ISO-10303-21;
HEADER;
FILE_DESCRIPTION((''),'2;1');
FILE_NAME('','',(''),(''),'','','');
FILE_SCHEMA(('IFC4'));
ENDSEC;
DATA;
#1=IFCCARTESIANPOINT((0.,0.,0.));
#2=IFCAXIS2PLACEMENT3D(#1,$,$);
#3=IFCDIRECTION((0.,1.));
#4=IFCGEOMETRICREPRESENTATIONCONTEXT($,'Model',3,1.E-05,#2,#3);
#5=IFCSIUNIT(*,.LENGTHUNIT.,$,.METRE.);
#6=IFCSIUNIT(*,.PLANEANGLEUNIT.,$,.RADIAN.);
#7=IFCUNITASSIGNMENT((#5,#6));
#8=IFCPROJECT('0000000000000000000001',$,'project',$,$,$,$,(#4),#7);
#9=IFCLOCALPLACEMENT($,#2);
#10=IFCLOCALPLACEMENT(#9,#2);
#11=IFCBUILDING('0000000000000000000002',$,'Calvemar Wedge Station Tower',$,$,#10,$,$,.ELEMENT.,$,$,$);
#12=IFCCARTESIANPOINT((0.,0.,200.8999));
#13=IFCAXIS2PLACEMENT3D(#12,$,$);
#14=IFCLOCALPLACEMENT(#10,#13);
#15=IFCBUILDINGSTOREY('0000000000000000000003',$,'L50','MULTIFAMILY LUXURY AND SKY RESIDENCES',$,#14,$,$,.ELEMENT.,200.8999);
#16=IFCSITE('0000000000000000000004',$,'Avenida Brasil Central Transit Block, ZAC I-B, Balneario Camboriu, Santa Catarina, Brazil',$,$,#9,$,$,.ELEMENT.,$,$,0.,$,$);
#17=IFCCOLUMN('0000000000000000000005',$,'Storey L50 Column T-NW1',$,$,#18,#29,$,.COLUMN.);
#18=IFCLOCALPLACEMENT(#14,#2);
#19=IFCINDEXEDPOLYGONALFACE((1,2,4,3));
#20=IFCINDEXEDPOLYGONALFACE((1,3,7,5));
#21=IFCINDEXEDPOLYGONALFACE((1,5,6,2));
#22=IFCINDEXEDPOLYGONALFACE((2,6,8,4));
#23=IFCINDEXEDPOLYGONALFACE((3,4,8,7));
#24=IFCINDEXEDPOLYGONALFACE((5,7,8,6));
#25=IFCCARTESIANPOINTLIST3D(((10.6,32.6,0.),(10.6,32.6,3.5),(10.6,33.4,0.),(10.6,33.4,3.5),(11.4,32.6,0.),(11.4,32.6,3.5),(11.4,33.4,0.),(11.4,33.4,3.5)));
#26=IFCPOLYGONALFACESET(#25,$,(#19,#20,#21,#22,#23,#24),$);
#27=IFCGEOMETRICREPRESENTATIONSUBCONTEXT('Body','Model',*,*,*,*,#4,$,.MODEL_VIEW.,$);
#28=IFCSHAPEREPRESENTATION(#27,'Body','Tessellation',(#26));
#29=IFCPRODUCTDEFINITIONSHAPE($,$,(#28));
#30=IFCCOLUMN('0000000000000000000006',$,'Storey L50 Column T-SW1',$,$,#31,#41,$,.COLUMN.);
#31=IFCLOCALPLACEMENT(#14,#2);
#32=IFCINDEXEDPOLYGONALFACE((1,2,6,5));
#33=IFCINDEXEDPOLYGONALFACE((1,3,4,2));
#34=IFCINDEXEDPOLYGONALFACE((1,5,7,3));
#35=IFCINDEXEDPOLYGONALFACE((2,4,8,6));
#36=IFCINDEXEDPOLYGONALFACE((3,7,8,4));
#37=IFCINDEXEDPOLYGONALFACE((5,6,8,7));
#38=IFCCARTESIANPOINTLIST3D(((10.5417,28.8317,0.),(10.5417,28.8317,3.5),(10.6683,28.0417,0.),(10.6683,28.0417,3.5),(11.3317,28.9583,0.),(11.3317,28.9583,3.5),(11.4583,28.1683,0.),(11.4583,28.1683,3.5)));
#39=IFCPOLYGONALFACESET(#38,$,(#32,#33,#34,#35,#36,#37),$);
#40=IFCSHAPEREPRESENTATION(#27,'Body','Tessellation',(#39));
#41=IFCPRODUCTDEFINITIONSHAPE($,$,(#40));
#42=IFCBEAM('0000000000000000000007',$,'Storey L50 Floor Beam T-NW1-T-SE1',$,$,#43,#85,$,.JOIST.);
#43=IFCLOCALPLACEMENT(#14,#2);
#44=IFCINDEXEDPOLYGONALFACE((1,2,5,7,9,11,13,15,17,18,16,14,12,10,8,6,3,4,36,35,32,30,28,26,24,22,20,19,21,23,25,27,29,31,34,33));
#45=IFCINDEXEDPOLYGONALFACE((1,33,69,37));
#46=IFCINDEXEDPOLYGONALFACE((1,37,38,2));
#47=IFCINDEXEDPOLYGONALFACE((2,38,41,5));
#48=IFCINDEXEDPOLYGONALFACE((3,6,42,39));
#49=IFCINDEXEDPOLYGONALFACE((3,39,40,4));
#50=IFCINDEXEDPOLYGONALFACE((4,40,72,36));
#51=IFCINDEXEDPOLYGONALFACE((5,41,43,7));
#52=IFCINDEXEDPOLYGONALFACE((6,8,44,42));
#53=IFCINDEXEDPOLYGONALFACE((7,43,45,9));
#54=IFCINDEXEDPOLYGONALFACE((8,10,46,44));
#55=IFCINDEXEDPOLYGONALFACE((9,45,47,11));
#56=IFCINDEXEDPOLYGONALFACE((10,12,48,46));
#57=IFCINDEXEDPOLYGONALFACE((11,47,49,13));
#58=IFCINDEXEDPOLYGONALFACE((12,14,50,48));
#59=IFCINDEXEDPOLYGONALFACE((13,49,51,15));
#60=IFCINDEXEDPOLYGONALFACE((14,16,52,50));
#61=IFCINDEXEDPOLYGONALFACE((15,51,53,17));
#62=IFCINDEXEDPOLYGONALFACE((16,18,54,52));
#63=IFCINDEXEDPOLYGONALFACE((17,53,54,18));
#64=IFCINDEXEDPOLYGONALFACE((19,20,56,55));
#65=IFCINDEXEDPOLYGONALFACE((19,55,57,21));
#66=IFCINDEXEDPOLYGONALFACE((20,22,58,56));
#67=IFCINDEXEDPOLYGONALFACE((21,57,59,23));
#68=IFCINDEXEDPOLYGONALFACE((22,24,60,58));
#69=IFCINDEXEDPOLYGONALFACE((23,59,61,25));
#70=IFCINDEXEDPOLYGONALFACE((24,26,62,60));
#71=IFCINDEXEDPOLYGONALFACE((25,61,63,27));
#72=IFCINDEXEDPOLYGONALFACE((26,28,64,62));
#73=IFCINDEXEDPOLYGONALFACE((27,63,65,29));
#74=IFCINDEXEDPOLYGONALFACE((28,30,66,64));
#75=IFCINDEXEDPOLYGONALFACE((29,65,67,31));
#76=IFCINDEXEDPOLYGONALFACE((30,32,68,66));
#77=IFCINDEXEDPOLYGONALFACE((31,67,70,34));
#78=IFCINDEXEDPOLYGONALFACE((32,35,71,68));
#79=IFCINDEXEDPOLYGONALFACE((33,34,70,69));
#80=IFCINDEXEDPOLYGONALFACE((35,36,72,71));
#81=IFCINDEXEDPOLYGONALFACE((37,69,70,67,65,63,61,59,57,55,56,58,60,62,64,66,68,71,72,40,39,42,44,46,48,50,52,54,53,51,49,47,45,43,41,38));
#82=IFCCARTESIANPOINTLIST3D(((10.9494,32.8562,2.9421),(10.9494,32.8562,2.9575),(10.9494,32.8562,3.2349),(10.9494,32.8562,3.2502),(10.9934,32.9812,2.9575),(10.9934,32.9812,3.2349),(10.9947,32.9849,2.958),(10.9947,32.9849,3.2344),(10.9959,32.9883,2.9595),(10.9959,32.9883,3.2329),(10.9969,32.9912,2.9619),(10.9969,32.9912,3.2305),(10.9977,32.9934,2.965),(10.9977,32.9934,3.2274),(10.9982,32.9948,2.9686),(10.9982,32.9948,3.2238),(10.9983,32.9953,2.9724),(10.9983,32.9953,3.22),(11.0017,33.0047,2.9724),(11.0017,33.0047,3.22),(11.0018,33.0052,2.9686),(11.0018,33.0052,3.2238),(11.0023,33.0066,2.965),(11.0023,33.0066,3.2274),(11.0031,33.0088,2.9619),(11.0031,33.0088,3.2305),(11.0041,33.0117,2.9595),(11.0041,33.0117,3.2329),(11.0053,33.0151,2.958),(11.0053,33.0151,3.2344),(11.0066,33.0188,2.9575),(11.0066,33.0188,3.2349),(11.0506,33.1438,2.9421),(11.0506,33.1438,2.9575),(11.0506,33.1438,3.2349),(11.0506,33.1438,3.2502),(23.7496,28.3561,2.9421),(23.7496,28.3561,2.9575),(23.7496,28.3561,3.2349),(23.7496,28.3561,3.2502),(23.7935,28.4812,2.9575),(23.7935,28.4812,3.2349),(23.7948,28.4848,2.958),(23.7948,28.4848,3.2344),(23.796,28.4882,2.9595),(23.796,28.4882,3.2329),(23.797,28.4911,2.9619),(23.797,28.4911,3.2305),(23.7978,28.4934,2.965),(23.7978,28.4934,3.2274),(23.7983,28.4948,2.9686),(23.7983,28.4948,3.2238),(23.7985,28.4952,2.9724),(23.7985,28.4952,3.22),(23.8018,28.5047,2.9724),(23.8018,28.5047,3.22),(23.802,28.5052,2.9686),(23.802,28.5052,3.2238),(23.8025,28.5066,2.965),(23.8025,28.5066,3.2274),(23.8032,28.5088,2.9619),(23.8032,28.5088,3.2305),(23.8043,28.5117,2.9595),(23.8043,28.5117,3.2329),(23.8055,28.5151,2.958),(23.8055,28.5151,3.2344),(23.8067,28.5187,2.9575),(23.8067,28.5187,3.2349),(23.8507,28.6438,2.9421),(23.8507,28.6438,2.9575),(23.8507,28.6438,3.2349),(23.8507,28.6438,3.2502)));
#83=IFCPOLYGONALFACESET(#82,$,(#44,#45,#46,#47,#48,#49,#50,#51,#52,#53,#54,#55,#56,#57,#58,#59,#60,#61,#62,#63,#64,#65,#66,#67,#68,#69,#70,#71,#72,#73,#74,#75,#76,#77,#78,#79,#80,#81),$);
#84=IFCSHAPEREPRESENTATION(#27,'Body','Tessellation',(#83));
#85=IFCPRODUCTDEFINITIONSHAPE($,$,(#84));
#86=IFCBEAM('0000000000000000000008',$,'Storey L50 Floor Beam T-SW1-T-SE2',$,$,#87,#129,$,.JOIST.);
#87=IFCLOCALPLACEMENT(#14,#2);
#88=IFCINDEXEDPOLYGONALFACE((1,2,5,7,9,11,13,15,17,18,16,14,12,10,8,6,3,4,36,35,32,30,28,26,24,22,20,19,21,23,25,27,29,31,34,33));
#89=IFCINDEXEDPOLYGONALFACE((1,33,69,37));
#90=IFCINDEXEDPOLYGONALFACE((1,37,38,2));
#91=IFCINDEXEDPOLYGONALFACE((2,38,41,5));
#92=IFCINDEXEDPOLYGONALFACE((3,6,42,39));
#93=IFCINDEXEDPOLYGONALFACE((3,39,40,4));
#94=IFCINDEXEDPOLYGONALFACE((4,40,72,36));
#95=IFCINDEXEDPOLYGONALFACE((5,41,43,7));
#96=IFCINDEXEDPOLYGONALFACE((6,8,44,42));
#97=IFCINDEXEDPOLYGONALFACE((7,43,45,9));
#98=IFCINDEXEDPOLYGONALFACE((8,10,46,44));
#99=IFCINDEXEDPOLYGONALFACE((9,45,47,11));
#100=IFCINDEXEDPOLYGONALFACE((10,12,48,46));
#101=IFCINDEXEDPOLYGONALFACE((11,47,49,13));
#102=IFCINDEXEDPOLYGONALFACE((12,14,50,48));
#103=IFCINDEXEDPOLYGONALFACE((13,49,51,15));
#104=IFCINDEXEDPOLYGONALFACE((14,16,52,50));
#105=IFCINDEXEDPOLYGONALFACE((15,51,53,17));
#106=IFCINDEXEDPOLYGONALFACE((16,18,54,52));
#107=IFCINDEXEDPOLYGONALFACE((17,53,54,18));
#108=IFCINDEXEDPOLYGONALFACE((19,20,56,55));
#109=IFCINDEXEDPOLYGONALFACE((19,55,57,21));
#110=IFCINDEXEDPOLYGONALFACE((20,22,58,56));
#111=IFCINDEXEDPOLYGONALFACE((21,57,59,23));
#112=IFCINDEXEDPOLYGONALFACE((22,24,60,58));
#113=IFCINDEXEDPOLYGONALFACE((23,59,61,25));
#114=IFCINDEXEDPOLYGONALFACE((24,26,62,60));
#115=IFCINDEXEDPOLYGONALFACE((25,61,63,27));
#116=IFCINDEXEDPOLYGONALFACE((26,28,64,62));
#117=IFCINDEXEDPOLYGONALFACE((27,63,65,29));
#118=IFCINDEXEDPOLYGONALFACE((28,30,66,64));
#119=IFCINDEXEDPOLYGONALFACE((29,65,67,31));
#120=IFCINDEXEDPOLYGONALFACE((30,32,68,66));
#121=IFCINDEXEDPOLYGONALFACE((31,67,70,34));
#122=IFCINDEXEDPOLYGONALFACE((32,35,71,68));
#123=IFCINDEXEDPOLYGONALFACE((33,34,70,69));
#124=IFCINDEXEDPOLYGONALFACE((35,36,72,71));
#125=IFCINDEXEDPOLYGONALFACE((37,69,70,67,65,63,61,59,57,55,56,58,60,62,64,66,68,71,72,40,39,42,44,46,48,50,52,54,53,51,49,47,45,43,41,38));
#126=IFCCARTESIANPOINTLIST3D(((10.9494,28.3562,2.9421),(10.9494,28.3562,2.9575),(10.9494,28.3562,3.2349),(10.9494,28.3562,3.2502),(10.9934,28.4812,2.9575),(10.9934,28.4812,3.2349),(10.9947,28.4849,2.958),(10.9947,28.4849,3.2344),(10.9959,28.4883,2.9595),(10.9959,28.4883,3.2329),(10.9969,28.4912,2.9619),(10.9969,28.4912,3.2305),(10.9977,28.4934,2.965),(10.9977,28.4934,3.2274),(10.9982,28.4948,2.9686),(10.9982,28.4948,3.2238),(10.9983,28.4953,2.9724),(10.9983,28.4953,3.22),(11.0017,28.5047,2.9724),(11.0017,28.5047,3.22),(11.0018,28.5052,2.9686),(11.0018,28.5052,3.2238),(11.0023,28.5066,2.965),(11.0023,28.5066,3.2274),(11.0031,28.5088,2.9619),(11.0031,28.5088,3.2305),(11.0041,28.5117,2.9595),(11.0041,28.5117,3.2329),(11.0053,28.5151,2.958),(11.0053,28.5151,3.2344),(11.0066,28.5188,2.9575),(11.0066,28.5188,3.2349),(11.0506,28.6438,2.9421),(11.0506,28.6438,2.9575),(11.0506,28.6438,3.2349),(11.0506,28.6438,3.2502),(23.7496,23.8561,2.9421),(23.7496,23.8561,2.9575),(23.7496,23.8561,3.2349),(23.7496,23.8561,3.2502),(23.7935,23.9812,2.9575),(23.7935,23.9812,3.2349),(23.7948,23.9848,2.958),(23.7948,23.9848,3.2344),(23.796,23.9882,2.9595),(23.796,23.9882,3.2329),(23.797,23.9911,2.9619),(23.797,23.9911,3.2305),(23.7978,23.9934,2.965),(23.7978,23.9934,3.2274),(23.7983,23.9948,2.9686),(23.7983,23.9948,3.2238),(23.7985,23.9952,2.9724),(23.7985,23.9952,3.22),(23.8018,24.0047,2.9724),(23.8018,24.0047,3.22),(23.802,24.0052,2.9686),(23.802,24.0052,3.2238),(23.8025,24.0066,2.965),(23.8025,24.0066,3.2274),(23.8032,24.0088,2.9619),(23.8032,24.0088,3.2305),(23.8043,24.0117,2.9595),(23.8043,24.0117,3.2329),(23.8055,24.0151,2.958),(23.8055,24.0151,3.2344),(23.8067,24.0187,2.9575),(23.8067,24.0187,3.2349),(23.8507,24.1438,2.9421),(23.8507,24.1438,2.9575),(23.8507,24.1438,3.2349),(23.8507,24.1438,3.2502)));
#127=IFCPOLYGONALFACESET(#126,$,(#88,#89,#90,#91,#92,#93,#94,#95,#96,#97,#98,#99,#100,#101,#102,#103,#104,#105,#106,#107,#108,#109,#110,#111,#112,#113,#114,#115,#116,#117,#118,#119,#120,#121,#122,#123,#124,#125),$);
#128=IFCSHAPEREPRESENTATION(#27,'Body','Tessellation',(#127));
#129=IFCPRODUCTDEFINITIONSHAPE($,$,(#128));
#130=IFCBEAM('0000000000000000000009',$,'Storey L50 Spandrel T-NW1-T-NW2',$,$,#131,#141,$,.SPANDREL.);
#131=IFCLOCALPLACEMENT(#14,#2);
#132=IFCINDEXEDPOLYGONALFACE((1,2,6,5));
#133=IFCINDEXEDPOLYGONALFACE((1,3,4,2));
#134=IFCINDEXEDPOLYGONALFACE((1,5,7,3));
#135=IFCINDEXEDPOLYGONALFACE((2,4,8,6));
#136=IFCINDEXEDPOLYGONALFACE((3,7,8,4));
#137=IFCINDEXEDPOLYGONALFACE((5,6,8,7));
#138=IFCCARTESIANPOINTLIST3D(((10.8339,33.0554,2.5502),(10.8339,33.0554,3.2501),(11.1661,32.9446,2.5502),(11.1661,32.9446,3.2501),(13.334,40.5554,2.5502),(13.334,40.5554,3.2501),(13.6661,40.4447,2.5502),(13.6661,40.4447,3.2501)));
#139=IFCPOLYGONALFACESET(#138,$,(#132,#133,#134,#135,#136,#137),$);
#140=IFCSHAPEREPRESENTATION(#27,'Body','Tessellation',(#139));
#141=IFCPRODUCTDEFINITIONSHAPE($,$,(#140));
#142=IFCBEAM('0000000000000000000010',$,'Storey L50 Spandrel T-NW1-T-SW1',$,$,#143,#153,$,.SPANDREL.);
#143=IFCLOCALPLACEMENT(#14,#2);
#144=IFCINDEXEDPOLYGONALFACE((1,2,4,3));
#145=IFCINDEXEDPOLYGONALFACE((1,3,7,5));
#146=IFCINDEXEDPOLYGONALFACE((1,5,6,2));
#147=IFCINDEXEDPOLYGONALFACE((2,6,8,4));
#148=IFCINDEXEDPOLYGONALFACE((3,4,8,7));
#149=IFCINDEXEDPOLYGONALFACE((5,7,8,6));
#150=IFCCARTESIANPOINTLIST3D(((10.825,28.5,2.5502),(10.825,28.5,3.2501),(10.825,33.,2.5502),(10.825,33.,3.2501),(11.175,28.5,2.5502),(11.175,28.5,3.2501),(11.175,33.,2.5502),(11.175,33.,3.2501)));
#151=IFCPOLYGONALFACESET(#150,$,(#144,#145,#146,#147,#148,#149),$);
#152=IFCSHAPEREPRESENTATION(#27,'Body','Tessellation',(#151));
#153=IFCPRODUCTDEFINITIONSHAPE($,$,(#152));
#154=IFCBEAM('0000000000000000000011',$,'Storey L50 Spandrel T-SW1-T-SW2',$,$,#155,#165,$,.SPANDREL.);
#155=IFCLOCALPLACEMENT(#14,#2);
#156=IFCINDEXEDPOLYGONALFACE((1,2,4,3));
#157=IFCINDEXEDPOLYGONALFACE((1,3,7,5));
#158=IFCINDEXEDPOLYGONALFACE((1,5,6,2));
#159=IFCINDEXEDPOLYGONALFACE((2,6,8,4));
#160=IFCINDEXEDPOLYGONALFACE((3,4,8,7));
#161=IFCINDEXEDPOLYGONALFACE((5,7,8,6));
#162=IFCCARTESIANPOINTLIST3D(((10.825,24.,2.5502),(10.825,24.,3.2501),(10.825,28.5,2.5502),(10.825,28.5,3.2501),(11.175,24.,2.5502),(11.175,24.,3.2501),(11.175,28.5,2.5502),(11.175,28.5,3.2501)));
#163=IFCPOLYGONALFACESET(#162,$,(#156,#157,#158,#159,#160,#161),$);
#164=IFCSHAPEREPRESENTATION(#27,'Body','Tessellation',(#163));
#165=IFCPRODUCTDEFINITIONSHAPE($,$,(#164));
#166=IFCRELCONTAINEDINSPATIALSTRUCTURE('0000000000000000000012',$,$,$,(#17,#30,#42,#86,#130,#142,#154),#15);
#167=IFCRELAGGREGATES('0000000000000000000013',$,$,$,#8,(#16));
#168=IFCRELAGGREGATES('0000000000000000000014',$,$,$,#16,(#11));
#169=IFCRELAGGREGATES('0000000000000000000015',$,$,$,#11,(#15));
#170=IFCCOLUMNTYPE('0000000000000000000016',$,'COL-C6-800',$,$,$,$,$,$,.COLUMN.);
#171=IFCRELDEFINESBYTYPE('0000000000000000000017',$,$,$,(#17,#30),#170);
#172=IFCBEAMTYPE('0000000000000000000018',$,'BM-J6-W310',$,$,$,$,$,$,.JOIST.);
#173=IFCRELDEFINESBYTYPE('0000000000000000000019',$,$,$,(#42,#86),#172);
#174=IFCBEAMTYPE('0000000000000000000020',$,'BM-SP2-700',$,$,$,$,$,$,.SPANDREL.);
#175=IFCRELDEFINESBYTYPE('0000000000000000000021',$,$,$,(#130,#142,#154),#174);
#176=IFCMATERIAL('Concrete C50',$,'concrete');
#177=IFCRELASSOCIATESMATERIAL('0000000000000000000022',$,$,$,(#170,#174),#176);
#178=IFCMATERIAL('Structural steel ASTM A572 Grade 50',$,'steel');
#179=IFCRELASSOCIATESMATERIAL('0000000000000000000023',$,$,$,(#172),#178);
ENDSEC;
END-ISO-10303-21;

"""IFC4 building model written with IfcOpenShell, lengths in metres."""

from ifc_helpers import new_model, si_unit, direction, frame, origin, origin_2d, place, context, subcontext, project, spatial, rectangle, i_section, extrude, source, transform, mapped, material, material_profile, profile_set, type_object, element, save


model = new_model("IFC4")

# Units and contexts
model_context = context("Model", 3, precision=1e-05, world=origin(), true_north=direction((0.0, 1.0)))
body_context = subcontext(model_context, "Body", "Model", "MODEL_VIEW")
ifc_project = project(units=[si_unit("LENGTHUNIT", "METRE"), si_unit("PLANEANGLEUNIT", "RADIAN")], contexts=[model_context])

# Site, building, storey
site_placement = place(None, origin())
site = spatial("IfcSite", under=ifc_project, at=site_placement, Name="Avenida Brasil Central Transit Block, ZAC I-B, Balneario Camboriu, Santa Catarina, Brazil", CompositionType="ELEMENT", RefElevation=0.0)
building_placement = place(site_placement, origin())
building = spatial("IfcBuilding", under=site, at=building_placement, Name="Calvemar Wedge Station Tower", CompositionType="ELEMENT")
storey_placement = place(building_placement, frame((0.0, 0.0, 200.8999)))
storey = spatial("IfcBuildingStorey", under=building, at=storey_placement, Name="L50", Description="MULTIFAMILY LUXURY AND SKY RESIDENCES", CompositionType="ELEMENT", Elevation=200.8999)

# Columns
ifc_material_1 = material(Name="Concrete C50", Category="concrete")
ifc_material_profile_1 = material_profile(ifc_material_1, rectangle(XDim=0.8, YDim=0.8, at=origin_2d()), Name="RC800x800")
ifc_profile_set_1 = profile_set([ifc_material_profile_1], Name="Concrete C50")
column_type = type_object("IfcColumnType", Name="COL-C6-800", PredefinedType="COLUMN", material=ifc_profile_set_1)
shared_shape_1 = source(origin(), body_context, "Body", "SweptSolid", [
    extrude(rectangle(XDim=0.8, YDim=0.8, at=origin_2d()), origin(), (0.0, 0.0, 1.0), 3.5),
])
for number, where, z_axis, x_axis, name in (
    (1, (11.0, 33.0, 0.0), (0.0, 0.0, 1.0), (1.0, 0.0, 0.0), "Storey L50 Column T-NW1"),
    (2, (11.0, 28.5, 0.0), (0.0, 0.0, 1.0), (0.158158, -0.987414, 0.0), "Storey L50 Column T-SW1"),
):
    element("IfcColumn", number, at=place(storey_placement, frame(where, z_axis=z_axis, x_axis=x_axis)), inside=storey, type_object=column_type, Name=name, PredefinedType="COLUMN", context=body_context, shape_type="MappedRepresentation", body=[
        mapped(shared_shape_1, transform((0.0, 0.0, 0.0), scale=1.0)),
    ])

# Beams
ifc_material_2 = material(Name="Structural steel ASTM A572 Grade 50", Category="steel")
ifc_material_profile_2 = material_profile(ifc_material_2, i_section(OverallWidth=0.3049, OverallDepth=0.3081, WebThickness=0.01, FlangeThickness=0.0154, FilletRadius=0.0149, at=origin_2d()), Name="W310x97")
ifc_profile_set_2 = profile_set([ifc_material_profile_2], Name="Structural steel ASTM A572 Grade 50")
beam_type_1 = type_object("IfcBeamType", Name="BM-J6-W310", PredefinedType="JOIST", material=ifc_profile_set_2)
shared_shape_2 = source(origin(), body_context, "Body", "SweptSolid", [
    extrude(i_section(OverallWidth=0.3049, OverallDepth=0.3081, WebThickness=0.01, FlangeThickness=0.0154, FilletRadius=0.0149, at=origin_2d()), origin(), (0.0, 0.0, 1.0), 13.5681),
])
for number, where, z_axis, x_axis, name in (
    (3, (11.0, 33.0, 3.0962), (0.943398, -0.331662, 0.0), (0.331662, 0.943398, 0.0), "Storey L50 Floor Beam T-NW1-T-SE1"),
    (4, (11.0, 28.5, 3.0962), (0.943398, -0.331662, 0.0), (0.331662, 0.943398, 0.0), "Storey L50 Floor Beam T-SW1-T-SE2"),
):
    element("IfcBeam", number, at=place(storey_placement, frame(where, z_axis=z_axis, x_axis=x_axis)), inside=storey, type_object=beam_type_1, Name=name, PredefinedType="JOIST", context=body_context, shape_type="MappedRepresentation", body=[
        mapped(shared_shape_2, transform((0.0, 0.0, 0.0), scale=1.0)),
    ])
ifc_material_profile_3 = material_profile(ifc_material_1, rectangle(XDim=0.3501, YDim=0.7, at=origin_2d()), Name="RC350x700")
ifc_profile_set_3 = profile_set([ifc_material_profile_3], Name="Concrete C50")
beam_type_2 = type_object("IfcBeamType", Name="BM-SP2-700", PredefinedType="SPANDREL", material=ifc_profile_set_3)
shared_shape_3 = source(origin(), body_context, "Body", "SweptSolid", [
    extrude(rectangle(XDim=0.3501, YDim=0.7, at=origin_2d()), origin(), (0.0, 0.0, 1.0), 7.9058),
])
beam_1_placement = place(storey_placement, frame((11.0, 33.0, 2.9001), z_axis=(0.316228, 0.948683, 0.0), x_axis=(-0.948683, 0.316228, 0.0)))
element("IfcBeam", 5, at=beam_1_placement, inside=storey, type_object=beam_type_2, Name="Storey L50 Spandrel T-NW1-T-NW2", PredefinedType="SPANDREL", context=body_context, shape_type="MappedRepresentation", body=[
    mapped(shared_shape_3, transform((0.0, 0.0, 0.0), scale=1.0)),
])
shared_shape_4 = source(origin(), body_context, "Body", "SweptSolid", [
    extrude(rectangle(XDim=0.3501, YDim=0.7, at=origin_2d()), origin(), (0.0, 0.0, 1.0), 4.5),
])
for number, where, z_axis, x_axis, name in (
    (6, (11.0, 33.0, 2.9001), (0.0, -1.0, 0.0), (1.0, 0.0, 0.0), "Storey L50 Spandrel T-NW1-T-SW1"),
    (7, (11.0, 28.5, 2.9001), (0.0, -1.0, 0.0), (1.0, 0.0, 0.0), "Storey L50 Spandrel T-SW1-T-SW2"),
):
    element("IfcBeam", number, at=place(storey_placement, frame(where, z_axis=z_axis, x_axis=x_axis)), inside=storey, type_object=beam_type_2, Name=name, PredefinedType="SPANDREL", context=body_context, shape_type="MappedRepresentation", body=[
        mapped(shared_shape_4, transform((0.0, 0.0, 0.0), scale=1.0)),
    ])

save(model, "model.ifc")
